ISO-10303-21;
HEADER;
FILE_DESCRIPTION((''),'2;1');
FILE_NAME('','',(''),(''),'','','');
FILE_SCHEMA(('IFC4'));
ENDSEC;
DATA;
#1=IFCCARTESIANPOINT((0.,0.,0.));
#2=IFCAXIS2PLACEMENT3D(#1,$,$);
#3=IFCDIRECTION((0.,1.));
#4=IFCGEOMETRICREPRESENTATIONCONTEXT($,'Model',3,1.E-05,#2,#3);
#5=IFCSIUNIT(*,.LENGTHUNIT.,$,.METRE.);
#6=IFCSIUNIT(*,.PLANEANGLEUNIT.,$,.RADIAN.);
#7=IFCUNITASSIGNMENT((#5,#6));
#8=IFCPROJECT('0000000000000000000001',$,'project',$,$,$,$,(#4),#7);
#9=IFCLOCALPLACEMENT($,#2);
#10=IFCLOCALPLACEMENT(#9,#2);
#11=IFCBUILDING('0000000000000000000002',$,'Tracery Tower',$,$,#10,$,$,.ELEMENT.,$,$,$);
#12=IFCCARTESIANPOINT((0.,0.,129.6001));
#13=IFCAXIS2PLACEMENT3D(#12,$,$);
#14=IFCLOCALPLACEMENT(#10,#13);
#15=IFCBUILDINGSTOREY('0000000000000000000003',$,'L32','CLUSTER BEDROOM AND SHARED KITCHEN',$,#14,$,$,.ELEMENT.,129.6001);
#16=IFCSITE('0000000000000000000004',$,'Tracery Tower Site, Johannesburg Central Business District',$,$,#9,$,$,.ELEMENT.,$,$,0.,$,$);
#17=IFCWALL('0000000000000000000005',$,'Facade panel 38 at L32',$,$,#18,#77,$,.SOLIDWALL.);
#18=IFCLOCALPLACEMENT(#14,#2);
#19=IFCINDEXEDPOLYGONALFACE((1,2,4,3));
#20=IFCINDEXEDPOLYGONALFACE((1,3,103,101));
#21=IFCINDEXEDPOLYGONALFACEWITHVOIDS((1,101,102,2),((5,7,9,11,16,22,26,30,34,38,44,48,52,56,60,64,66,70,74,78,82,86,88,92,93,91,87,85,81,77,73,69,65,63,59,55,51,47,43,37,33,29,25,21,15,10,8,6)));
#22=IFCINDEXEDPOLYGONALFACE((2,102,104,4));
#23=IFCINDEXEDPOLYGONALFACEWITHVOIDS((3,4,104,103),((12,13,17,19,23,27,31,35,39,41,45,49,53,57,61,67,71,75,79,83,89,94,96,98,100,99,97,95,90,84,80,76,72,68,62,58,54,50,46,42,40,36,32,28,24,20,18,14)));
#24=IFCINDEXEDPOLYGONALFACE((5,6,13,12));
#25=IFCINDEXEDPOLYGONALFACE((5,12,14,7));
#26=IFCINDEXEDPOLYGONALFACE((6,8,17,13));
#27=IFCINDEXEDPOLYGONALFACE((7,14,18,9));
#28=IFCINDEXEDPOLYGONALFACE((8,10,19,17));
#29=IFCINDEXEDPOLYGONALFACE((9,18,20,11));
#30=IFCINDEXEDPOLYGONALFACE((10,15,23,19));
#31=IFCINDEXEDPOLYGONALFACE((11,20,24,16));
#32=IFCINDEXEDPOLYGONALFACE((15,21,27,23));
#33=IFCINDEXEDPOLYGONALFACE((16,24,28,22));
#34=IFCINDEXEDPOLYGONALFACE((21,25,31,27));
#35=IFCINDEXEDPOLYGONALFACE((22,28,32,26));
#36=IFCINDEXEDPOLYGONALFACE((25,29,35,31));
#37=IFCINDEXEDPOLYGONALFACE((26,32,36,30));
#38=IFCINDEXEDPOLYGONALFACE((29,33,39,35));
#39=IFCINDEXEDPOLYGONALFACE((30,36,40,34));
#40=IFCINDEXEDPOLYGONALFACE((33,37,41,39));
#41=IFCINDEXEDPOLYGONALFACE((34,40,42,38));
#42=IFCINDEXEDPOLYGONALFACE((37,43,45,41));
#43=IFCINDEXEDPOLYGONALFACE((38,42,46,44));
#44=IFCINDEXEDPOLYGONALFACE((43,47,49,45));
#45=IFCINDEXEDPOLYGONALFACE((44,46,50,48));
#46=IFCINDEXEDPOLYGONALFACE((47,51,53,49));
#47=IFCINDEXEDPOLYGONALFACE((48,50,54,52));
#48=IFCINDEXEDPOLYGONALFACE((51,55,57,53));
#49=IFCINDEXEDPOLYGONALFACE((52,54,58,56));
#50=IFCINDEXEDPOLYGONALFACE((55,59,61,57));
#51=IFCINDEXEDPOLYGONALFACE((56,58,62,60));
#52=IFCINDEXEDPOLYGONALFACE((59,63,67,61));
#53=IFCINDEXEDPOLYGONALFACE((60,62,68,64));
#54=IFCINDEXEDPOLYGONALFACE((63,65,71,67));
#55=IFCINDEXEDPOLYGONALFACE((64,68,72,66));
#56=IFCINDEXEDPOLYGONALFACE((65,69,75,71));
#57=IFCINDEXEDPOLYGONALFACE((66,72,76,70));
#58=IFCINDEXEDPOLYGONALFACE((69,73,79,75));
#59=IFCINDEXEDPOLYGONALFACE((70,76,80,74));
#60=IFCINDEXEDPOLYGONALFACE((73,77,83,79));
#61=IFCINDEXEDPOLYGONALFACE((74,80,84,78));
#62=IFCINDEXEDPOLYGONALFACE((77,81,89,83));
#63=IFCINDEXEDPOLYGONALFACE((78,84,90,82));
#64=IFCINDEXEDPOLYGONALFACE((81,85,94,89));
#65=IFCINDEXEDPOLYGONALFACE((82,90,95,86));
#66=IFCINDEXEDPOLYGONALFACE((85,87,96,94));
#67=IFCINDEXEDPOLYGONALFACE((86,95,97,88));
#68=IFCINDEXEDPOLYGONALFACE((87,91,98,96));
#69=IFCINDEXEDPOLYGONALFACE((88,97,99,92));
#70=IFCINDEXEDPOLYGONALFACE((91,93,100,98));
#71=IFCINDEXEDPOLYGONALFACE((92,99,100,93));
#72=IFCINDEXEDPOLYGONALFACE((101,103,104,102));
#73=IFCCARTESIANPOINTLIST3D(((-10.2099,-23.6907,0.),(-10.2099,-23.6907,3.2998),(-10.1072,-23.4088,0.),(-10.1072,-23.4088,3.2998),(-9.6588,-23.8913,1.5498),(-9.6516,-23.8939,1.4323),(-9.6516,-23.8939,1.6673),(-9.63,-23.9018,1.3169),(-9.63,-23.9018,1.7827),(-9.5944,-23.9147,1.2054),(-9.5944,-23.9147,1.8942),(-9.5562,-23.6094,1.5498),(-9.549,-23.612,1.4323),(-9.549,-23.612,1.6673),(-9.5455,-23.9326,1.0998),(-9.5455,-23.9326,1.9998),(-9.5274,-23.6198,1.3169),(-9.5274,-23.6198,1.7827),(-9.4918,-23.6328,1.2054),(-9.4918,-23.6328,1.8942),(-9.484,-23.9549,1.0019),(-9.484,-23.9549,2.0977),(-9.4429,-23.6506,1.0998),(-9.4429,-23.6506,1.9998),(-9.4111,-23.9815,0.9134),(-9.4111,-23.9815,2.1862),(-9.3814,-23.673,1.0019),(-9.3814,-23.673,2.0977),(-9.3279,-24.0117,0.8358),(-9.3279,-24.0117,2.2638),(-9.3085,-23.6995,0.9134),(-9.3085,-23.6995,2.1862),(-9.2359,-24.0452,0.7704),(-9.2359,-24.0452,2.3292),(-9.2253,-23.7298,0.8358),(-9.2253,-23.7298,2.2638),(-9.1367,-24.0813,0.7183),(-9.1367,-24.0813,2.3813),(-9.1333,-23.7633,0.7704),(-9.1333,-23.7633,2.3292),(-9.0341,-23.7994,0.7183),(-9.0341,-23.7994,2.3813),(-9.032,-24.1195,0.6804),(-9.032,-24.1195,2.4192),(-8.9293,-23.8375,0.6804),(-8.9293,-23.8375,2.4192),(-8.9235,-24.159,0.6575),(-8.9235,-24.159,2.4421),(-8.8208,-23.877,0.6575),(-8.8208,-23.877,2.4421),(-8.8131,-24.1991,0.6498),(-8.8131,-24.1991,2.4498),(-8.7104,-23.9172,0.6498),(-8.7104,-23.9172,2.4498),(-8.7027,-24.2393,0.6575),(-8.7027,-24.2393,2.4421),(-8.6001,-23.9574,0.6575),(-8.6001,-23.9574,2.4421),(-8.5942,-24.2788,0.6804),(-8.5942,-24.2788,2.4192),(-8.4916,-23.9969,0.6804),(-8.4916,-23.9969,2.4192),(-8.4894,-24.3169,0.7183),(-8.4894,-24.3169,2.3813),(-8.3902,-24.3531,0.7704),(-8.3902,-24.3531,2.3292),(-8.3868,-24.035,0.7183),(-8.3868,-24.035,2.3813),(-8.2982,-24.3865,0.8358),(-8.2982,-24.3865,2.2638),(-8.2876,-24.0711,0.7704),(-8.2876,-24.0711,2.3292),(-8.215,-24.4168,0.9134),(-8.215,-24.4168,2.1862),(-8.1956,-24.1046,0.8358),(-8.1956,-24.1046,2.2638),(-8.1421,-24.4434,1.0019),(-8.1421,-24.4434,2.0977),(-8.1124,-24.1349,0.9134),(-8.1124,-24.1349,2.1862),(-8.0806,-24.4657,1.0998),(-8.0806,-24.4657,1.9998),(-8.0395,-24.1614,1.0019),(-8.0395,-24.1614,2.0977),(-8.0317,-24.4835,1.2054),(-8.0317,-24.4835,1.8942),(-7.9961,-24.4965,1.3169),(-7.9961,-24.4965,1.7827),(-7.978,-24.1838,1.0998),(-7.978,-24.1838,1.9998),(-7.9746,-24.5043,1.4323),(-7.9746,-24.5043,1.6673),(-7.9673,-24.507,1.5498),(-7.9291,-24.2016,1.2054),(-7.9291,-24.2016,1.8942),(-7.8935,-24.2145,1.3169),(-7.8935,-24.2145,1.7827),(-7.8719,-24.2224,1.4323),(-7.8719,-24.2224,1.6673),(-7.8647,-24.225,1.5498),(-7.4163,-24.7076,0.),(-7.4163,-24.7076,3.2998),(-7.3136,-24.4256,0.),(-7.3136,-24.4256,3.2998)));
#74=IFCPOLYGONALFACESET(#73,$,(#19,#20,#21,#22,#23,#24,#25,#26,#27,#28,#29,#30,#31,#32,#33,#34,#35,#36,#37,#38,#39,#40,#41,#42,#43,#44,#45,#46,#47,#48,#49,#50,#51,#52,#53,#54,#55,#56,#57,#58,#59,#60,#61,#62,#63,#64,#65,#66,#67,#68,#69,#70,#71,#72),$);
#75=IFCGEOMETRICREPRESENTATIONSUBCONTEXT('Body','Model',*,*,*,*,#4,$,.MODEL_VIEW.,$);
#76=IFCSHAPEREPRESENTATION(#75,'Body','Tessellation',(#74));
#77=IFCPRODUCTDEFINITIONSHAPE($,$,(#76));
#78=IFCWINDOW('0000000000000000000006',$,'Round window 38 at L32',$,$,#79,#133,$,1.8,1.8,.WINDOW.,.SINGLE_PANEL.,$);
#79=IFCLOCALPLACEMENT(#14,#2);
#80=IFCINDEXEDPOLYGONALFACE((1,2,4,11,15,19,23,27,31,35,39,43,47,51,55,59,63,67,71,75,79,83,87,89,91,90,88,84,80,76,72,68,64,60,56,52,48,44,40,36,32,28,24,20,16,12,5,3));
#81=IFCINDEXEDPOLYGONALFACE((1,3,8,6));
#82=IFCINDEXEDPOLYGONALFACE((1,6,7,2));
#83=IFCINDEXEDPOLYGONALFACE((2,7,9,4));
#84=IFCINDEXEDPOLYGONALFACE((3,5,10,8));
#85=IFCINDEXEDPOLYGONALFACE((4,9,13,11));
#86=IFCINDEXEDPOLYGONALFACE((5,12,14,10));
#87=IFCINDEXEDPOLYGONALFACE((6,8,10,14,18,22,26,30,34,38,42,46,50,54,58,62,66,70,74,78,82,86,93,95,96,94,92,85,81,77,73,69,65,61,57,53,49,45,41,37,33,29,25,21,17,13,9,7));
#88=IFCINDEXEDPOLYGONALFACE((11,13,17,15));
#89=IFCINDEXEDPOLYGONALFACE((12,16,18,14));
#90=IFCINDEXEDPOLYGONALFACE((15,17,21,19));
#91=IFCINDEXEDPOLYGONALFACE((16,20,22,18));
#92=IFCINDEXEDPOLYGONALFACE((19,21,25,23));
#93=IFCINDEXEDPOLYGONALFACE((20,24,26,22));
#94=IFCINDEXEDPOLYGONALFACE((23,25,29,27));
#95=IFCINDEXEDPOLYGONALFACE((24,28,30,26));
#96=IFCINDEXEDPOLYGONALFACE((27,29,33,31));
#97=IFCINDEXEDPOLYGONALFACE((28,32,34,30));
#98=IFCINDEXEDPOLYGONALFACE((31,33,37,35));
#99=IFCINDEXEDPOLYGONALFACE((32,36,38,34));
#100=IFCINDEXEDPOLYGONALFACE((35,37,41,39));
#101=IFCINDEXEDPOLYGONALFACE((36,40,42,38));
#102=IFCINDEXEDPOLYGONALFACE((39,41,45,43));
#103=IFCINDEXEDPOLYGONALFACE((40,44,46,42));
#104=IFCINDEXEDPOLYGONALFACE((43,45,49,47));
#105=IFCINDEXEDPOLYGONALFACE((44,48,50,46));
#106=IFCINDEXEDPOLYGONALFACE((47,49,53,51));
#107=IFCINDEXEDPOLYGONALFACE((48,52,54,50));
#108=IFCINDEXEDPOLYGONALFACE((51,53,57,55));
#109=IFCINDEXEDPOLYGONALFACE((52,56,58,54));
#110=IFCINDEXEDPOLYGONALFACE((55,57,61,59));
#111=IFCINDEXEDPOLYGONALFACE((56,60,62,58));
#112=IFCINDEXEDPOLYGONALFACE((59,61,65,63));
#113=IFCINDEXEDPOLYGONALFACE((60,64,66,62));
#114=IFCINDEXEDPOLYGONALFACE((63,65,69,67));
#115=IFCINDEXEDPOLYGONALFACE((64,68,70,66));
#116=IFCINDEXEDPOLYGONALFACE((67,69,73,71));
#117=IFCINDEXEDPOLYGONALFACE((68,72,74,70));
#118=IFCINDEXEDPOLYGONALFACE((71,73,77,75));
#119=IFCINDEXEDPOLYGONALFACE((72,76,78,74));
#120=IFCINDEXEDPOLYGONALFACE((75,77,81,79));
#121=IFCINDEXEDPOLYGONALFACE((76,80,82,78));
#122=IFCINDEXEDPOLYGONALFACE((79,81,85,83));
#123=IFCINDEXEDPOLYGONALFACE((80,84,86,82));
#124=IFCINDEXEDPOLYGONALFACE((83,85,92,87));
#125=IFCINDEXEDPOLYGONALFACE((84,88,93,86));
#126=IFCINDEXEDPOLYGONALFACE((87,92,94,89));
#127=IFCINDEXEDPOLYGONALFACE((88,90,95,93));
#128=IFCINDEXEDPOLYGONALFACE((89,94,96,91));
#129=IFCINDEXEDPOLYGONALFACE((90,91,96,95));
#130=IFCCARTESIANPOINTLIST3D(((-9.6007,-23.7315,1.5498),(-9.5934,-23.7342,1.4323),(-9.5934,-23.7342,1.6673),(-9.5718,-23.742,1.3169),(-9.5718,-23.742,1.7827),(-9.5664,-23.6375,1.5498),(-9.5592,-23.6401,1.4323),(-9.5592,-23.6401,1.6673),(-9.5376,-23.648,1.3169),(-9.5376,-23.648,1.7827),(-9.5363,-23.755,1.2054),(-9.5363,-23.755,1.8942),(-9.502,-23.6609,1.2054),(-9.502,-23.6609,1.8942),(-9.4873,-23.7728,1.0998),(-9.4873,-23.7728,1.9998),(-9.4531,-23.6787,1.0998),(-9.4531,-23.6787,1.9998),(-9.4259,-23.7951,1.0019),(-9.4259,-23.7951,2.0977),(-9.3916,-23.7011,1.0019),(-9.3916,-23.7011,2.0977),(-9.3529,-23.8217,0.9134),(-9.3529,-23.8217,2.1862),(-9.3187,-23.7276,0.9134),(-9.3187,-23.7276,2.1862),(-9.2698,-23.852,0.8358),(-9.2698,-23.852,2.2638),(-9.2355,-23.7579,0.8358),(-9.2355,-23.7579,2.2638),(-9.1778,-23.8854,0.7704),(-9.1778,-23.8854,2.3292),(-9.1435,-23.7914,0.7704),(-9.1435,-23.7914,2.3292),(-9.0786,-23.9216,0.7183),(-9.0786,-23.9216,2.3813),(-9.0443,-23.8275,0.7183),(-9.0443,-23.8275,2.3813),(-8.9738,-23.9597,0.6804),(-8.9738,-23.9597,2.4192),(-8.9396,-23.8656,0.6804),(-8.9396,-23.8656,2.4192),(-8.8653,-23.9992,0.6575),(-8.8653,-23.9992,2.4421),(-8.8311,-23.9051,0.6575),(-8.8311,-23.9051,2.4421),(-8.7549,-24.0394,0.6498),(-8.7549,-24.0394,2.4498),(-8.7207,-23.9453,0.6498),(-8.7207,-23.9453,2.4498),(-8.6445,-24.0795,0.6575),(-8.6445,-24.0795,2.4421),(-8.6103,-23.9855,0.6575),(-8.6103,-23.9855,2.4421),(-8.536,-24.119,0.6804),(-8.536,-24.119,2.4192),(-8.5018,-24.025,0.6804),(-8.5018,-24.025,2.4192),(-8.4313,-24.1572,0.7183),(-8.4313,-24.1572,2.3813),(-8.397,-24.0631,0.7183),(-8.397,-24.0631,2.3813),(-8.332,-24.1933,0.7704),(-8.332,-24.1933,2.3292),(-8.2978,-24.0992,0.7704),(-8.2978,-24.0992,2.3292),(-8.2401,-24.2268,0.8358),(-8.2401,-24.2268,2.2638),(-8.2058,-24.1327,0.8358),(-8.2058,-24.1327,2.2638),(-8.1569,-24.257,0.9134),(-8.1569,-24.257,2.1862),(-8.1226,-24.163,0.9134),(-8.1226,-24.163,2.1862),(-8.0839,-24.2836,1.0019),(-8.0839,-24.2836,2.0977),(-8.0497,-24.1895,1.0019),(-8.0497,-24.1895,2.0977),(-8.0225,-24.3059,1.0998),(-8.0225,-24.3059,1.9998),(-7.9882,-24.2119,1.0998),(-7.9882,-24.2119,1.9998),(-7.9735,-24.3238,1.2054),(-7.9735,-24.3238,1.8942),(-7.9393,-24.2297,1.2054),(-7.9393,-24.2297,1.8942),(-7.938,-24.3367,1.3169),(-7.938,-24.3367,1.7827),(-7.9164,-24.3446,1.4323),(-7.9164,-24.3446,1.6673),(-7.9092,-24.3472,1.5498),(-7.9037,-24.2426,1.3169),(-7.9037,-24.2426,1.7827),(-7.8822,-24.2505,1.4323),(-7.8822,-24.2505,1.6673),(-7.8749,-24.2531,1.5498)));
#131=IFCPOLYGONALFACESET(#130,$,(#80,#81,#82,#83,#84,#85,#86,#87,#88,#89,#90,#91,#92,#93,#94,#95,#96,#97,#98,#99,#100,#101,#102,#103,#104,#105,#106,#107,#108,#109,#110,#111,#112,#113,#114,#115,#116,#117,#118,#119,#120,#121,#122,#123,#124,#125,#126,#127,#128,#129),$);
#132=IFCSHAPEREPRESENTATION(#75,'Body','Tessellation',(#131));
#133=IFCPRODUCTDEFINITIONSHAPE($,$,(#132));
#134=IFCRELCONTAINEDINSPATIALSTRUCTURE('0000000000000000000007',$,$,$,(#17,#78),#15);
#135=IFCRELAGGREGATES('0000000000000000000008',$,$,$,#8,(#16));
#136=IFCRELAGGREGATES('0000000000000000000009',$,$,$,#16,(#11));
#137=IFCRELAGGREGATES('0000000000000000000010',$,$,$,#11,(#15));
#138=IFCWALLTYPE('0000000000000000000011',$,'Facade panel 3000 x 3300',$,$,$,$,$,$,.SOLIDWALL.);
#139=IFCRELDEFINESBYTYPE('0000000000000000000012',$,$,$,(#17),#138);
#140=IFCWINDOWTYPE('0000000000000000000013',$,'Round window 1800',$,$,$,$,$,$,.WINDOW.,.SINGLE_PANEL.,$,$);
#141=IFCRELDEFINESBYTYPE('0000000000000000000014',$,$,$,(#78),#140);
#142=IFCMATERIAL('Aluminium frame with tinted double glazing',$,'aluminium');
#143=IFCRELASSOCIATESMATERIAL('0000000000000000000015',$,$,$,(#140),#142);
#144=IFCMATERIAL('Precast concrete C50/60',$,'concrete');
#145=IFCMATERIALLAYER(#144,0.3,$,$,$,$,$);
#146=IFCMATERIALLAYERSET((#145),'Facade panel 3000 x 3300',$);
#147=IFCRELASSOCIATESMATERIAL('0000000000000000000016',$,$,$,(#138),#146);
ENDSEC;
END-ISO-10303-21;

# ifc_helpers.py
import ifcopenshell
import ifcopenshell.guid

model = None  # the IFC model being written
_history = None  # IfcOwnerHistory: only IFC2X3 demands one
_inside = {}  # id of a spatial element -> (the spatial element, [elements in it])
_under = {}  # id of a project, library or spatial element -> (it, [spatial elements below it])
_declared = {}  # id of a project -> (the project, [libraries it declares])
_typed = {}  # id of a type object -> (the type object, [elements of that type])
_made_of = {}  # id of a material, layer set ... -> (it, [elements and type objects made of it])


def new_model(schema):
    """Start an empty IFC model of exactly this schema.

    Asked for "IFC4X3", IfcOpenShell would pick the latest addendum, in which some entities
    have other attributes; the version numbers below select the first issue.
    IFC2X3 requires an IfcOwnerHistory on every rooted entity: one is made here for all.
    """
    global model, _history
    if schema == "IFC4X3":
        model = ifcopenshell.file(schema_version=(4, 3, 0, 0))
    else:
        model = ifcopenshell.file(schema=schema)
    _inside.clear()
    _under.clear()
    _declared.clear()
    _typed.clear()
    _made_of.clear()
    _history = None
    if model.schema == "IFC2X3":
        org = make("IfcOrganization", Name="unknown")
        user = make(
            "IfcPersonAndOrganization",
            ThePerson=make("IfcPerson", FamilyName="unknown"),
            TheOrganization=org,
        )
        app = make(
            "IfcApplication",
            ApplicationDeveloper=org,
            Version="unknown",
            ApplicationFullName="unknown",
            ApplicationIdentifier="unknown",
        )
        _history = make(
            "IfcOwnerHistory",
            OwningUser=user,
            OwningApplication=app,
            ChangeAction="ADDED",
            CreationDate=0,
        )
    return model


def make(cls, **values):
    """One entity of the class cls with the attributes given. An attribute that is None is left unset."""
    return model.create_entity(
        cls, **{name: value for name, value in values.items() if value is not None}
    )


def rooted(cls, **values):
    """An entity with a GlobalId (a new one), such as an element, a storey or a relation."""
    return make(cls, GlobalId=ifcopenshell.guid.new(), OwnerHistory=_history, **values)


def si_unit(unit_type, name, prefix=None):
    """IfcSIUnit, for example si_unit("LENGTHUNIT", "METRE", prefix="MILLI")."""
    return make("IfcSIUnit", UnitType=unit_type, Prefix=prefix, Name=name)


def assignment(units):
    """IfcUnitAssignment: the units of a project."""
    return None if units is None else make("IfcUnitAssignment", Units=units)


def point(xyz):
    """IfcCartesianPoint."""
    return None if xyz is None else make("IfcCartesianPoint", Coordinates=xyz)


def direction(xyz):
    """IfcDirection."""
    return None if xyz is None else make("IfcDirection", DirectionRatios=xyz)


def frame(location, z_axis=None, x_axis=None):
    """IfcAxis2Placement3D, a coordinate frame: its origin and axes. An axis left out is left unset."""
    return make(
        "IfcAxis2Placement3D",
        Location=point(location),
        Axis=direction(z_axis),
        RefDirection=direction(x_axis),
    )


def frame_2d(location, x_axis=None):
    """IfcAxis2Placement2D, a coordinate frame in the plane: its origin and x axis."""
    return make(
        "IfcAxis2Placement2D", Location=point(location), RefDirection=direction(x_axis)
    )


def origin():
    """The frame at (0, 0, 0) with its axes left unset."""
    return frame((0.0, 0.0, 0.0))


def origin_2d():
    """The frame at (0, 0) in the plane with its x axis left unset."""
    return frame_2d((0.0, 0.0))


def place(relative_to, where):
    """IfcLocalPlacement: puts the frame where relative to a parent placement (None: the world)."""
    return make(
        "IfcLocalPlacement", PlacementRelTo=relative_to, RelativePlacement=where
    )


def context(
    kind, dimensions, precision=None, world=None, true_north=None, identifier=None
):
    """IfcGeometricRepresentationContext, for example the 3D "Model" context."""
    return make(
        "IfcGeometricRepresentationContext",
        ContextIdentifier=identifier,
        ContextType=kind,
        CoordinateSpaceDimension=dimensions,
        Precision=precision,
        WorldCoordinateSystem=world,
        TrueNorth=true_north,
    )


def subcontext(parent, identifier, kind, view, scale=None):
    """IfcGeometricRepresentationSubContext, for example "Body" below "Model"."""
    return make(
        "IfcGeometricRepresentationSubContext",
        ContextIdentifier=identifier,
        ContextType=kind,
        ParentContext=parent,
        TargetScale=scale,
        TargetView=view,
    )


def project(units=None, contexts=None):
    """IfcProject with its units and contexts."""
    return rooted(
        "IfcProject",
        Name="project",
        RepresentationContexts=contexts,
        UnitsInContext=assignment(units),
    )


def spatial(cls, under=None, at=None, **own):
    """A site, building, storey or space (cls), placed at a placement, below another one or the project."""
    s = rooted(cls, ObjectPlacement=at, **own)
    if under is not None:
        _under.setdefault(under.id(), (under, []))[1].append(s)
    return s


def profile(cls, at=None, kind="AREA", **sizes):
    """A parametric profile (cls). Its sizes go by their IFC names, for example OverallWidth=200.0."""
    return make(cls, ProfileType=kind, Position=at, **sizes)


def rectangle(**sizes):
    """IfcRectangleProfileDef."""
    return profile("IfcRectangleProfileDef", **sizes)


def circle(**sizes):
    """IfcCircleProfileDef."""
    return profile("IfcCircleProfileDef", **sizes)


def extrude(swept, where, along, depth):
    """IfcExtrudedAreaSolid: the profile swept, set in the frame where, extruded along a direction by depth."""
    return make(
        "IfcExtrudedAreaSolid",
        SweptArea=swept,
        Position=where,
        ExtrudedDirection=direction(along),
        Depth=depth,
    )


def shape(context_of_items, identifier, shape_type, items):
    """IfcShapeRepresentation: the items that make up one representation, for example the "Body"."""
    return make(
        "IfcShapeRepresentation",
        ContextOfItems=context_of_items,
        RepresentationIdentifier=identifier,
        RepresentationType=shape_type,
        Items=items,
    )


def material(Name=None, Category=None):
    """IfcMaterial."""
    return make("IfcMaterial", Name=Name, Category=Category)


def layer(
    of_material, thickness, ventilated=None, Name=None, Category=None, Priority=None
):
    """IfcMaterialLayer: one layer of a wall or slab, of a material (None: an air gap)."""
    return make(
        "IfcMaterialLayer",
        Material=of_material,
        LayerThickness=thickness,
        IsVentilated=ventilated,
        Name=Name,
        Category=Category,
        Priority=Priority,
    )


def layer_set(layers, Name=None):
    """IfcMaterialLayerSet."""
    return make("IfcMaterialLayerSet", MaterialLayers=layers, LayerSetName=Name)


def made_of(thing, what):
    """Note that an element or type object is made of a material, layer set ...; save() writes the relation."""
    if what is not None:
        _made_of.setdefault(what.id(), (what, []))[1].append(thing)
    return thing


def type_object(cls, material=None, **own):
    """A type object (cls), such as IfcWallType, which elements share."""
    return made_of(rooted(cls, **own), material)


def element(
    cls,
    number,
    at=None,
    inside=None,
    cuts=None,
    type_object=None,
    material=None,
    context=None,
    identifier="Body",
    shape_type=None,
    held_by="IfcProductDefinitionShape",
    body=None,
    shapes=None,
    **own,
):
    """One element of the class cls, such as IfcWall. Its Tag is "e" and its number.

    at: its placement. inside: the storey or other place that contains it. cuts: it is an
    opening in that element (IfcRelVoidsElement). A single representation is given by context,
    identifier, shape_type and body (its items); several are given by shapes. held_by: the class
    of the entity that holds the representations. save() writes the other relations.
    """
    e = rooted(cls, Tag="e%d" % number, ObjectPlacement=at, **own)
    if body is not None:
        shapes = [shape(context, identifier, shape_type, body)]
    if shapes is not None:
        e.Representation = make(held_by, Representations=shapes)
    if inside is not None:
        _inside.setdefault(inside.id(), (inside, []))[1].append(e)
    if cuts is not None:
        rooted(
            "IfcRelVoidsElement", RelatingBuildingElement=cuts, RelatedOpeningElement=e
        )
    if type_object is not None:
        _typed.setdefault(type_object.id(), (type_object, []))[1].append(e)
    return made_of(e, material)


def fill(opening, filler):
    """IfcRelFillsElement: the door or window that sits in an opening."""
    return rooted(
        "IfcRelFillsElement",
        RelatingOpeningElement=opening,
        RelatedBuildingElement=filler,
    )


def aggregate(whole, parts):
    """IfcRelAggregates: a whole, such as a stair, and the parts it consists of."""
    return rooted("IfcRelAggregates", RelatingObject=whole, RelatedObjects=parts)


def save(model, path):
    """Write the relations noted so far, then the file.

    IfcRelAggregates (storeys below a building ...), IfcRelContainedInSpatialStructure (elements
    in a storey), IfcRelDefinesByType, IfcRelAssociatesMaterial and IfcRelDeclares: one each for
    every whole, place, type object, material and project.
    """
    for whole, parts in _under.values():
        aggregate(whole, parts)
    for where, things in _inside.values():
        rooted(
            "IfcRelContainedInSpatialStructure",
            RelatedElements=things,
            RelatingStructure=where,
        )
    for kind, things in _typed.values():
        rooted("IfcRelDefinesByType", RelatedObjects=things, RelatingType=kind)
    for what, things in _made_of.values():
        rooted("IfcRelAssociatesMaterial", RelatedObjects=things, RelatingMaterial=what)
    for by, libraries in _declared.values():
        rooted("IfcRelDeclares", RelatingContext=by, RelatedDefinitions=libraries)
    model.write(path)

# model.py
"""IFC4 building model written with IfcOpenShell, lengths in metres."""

from ifc_helpers import new_model, si_unit, direction, frame, frame_2d, origin, origin_2d, place, context, subcontext, project, spatial, rectangle, circle, extrude, material, layer, layer_set, type_object, element, fill, save


model = new_model("IFC4")

# Units and contexts
model_context = context("Model", 3, precision=1e-05, world=origin(), true_north=direction((0.0, 1.0)))
body_context = subcontext(model_context, "Body", "Model", "MODEL_VIEW")
ifc_project = project(units=[si_unit("LENGTHUNIT", "METRE"), si_unit("PLANEANGLEUNIT", "RADIAN")], contexts=[model_context])

# Site, building, storey
site_placement = place(None, origin())
site = spatial("IfcSite", under=ifc_project, at=site_placement, Name="Tracery Tower Site, Johannesburg Central Business District", CompositionType="ELEMENT", RefElevation=0.0)
building_placement = place(site_placement, origin())
building = spatial("IfcBuilding", under=site, at=building_placement, Name="Tracery Tower", CompositionType="ELEMENT")
storey_placement = place(building_placement, frame((0.0, 0.0, 129.6001)))
storey = spatial("IfcBuildingStorey", under=building, at=storey_placement, Name="L32", Description="CLUSTER BEDROOM AND SHARED KITCHEN", CompositionType="ELEMENT", Elevation=129.6001)

# Wall, opening, window
ifc_material_1 = material(Name="Aluminium frame with tinted double glazing", Category="aluminium")
window_type = type_object("IfcWindowType", Name="Round window 1800", PartitioningType="SINGLE_PANEL", PredefinedType="WINDOW", material=ifc_material_1)
ifc_material_2 = material(Name="Precast concrete C50/60", Category="concrete")
ifc_layer_1 = layer(ifc_material_2, 0.3)
ifc_layer_set_1 = layer_set([ifc_layer_1], Name="Facade panel 3000 x 3300")
wall_type_1 = type_object("IfcWallType", Name="Facade panel 3000 x 3300", PredefinedType="SOLIDWALL", material=ifc_layer_set_1)
wall_1_placement = place(storey_placement, frame((-10.1584, -23.5498, 0.0), z_axis=(0.0, 0.0, 1.0), x_axis=(0.93969, -0.342027, 0.0)))
wall_1 = element("IfcWall", 1, at=wall_1_placement, inside=storey, type_object=wall_type_1, Name="Facade panel 38 at L32", PredefinedType="SOLIDWALL", context=body_context, shape_type="SweptSolid", body=[
    extrude(rectangle(XDim=2.9729, YDim=0.3, at=frame_2d((1.4863, 0.0))), origin(), (0.0, 0.0, 1.0), 3.2998),
])
opening_1_placement = place(wall_1_placement, frame((1.4863, 0.0, 1.5498)))
opening_1 = element("IfcOpeningElement", 2, at=opening_1_placement, cuts=wall_1, PredefinedType="OPENING", context=body_context, shape_type="SweptSolid", body=[
    extrude(circle(Radius=0.9, at=origin_2d()), frame((0.0, 0.1599, 0.0), z_axis=(0.0, -1.0, 0.0), x_axis=(1.0, 0.0, 0.0)), (0.0, 0.0, 1.0), 0.3201),
])
window_1_placement = place(opening_1_placement, origin())
window_1 = element("IfcWindow", 3, at=window_1_placement, inside=storey, type_object=window_type, Name="Round window 38 at L32", OverallHeight=1.8, OverallWidth=1.8, PartitioningType="SINGLE_PANEL", PredefinedType="WINDOW", context=body_context, shape_type="SweptSolid", body=[
    extrude(circle(Radius=0.9, at=origin_2d()), frame((0.0, 0.1201, 0.0), z_axis=(0.0, -1.0, 0.0), x_axis=(1.0, 0.0, 0.0)), (0.0, 0.0, 1.0), 0.1001),
])
fill(opening_1, window_1)

save(model, "model.ifc")
